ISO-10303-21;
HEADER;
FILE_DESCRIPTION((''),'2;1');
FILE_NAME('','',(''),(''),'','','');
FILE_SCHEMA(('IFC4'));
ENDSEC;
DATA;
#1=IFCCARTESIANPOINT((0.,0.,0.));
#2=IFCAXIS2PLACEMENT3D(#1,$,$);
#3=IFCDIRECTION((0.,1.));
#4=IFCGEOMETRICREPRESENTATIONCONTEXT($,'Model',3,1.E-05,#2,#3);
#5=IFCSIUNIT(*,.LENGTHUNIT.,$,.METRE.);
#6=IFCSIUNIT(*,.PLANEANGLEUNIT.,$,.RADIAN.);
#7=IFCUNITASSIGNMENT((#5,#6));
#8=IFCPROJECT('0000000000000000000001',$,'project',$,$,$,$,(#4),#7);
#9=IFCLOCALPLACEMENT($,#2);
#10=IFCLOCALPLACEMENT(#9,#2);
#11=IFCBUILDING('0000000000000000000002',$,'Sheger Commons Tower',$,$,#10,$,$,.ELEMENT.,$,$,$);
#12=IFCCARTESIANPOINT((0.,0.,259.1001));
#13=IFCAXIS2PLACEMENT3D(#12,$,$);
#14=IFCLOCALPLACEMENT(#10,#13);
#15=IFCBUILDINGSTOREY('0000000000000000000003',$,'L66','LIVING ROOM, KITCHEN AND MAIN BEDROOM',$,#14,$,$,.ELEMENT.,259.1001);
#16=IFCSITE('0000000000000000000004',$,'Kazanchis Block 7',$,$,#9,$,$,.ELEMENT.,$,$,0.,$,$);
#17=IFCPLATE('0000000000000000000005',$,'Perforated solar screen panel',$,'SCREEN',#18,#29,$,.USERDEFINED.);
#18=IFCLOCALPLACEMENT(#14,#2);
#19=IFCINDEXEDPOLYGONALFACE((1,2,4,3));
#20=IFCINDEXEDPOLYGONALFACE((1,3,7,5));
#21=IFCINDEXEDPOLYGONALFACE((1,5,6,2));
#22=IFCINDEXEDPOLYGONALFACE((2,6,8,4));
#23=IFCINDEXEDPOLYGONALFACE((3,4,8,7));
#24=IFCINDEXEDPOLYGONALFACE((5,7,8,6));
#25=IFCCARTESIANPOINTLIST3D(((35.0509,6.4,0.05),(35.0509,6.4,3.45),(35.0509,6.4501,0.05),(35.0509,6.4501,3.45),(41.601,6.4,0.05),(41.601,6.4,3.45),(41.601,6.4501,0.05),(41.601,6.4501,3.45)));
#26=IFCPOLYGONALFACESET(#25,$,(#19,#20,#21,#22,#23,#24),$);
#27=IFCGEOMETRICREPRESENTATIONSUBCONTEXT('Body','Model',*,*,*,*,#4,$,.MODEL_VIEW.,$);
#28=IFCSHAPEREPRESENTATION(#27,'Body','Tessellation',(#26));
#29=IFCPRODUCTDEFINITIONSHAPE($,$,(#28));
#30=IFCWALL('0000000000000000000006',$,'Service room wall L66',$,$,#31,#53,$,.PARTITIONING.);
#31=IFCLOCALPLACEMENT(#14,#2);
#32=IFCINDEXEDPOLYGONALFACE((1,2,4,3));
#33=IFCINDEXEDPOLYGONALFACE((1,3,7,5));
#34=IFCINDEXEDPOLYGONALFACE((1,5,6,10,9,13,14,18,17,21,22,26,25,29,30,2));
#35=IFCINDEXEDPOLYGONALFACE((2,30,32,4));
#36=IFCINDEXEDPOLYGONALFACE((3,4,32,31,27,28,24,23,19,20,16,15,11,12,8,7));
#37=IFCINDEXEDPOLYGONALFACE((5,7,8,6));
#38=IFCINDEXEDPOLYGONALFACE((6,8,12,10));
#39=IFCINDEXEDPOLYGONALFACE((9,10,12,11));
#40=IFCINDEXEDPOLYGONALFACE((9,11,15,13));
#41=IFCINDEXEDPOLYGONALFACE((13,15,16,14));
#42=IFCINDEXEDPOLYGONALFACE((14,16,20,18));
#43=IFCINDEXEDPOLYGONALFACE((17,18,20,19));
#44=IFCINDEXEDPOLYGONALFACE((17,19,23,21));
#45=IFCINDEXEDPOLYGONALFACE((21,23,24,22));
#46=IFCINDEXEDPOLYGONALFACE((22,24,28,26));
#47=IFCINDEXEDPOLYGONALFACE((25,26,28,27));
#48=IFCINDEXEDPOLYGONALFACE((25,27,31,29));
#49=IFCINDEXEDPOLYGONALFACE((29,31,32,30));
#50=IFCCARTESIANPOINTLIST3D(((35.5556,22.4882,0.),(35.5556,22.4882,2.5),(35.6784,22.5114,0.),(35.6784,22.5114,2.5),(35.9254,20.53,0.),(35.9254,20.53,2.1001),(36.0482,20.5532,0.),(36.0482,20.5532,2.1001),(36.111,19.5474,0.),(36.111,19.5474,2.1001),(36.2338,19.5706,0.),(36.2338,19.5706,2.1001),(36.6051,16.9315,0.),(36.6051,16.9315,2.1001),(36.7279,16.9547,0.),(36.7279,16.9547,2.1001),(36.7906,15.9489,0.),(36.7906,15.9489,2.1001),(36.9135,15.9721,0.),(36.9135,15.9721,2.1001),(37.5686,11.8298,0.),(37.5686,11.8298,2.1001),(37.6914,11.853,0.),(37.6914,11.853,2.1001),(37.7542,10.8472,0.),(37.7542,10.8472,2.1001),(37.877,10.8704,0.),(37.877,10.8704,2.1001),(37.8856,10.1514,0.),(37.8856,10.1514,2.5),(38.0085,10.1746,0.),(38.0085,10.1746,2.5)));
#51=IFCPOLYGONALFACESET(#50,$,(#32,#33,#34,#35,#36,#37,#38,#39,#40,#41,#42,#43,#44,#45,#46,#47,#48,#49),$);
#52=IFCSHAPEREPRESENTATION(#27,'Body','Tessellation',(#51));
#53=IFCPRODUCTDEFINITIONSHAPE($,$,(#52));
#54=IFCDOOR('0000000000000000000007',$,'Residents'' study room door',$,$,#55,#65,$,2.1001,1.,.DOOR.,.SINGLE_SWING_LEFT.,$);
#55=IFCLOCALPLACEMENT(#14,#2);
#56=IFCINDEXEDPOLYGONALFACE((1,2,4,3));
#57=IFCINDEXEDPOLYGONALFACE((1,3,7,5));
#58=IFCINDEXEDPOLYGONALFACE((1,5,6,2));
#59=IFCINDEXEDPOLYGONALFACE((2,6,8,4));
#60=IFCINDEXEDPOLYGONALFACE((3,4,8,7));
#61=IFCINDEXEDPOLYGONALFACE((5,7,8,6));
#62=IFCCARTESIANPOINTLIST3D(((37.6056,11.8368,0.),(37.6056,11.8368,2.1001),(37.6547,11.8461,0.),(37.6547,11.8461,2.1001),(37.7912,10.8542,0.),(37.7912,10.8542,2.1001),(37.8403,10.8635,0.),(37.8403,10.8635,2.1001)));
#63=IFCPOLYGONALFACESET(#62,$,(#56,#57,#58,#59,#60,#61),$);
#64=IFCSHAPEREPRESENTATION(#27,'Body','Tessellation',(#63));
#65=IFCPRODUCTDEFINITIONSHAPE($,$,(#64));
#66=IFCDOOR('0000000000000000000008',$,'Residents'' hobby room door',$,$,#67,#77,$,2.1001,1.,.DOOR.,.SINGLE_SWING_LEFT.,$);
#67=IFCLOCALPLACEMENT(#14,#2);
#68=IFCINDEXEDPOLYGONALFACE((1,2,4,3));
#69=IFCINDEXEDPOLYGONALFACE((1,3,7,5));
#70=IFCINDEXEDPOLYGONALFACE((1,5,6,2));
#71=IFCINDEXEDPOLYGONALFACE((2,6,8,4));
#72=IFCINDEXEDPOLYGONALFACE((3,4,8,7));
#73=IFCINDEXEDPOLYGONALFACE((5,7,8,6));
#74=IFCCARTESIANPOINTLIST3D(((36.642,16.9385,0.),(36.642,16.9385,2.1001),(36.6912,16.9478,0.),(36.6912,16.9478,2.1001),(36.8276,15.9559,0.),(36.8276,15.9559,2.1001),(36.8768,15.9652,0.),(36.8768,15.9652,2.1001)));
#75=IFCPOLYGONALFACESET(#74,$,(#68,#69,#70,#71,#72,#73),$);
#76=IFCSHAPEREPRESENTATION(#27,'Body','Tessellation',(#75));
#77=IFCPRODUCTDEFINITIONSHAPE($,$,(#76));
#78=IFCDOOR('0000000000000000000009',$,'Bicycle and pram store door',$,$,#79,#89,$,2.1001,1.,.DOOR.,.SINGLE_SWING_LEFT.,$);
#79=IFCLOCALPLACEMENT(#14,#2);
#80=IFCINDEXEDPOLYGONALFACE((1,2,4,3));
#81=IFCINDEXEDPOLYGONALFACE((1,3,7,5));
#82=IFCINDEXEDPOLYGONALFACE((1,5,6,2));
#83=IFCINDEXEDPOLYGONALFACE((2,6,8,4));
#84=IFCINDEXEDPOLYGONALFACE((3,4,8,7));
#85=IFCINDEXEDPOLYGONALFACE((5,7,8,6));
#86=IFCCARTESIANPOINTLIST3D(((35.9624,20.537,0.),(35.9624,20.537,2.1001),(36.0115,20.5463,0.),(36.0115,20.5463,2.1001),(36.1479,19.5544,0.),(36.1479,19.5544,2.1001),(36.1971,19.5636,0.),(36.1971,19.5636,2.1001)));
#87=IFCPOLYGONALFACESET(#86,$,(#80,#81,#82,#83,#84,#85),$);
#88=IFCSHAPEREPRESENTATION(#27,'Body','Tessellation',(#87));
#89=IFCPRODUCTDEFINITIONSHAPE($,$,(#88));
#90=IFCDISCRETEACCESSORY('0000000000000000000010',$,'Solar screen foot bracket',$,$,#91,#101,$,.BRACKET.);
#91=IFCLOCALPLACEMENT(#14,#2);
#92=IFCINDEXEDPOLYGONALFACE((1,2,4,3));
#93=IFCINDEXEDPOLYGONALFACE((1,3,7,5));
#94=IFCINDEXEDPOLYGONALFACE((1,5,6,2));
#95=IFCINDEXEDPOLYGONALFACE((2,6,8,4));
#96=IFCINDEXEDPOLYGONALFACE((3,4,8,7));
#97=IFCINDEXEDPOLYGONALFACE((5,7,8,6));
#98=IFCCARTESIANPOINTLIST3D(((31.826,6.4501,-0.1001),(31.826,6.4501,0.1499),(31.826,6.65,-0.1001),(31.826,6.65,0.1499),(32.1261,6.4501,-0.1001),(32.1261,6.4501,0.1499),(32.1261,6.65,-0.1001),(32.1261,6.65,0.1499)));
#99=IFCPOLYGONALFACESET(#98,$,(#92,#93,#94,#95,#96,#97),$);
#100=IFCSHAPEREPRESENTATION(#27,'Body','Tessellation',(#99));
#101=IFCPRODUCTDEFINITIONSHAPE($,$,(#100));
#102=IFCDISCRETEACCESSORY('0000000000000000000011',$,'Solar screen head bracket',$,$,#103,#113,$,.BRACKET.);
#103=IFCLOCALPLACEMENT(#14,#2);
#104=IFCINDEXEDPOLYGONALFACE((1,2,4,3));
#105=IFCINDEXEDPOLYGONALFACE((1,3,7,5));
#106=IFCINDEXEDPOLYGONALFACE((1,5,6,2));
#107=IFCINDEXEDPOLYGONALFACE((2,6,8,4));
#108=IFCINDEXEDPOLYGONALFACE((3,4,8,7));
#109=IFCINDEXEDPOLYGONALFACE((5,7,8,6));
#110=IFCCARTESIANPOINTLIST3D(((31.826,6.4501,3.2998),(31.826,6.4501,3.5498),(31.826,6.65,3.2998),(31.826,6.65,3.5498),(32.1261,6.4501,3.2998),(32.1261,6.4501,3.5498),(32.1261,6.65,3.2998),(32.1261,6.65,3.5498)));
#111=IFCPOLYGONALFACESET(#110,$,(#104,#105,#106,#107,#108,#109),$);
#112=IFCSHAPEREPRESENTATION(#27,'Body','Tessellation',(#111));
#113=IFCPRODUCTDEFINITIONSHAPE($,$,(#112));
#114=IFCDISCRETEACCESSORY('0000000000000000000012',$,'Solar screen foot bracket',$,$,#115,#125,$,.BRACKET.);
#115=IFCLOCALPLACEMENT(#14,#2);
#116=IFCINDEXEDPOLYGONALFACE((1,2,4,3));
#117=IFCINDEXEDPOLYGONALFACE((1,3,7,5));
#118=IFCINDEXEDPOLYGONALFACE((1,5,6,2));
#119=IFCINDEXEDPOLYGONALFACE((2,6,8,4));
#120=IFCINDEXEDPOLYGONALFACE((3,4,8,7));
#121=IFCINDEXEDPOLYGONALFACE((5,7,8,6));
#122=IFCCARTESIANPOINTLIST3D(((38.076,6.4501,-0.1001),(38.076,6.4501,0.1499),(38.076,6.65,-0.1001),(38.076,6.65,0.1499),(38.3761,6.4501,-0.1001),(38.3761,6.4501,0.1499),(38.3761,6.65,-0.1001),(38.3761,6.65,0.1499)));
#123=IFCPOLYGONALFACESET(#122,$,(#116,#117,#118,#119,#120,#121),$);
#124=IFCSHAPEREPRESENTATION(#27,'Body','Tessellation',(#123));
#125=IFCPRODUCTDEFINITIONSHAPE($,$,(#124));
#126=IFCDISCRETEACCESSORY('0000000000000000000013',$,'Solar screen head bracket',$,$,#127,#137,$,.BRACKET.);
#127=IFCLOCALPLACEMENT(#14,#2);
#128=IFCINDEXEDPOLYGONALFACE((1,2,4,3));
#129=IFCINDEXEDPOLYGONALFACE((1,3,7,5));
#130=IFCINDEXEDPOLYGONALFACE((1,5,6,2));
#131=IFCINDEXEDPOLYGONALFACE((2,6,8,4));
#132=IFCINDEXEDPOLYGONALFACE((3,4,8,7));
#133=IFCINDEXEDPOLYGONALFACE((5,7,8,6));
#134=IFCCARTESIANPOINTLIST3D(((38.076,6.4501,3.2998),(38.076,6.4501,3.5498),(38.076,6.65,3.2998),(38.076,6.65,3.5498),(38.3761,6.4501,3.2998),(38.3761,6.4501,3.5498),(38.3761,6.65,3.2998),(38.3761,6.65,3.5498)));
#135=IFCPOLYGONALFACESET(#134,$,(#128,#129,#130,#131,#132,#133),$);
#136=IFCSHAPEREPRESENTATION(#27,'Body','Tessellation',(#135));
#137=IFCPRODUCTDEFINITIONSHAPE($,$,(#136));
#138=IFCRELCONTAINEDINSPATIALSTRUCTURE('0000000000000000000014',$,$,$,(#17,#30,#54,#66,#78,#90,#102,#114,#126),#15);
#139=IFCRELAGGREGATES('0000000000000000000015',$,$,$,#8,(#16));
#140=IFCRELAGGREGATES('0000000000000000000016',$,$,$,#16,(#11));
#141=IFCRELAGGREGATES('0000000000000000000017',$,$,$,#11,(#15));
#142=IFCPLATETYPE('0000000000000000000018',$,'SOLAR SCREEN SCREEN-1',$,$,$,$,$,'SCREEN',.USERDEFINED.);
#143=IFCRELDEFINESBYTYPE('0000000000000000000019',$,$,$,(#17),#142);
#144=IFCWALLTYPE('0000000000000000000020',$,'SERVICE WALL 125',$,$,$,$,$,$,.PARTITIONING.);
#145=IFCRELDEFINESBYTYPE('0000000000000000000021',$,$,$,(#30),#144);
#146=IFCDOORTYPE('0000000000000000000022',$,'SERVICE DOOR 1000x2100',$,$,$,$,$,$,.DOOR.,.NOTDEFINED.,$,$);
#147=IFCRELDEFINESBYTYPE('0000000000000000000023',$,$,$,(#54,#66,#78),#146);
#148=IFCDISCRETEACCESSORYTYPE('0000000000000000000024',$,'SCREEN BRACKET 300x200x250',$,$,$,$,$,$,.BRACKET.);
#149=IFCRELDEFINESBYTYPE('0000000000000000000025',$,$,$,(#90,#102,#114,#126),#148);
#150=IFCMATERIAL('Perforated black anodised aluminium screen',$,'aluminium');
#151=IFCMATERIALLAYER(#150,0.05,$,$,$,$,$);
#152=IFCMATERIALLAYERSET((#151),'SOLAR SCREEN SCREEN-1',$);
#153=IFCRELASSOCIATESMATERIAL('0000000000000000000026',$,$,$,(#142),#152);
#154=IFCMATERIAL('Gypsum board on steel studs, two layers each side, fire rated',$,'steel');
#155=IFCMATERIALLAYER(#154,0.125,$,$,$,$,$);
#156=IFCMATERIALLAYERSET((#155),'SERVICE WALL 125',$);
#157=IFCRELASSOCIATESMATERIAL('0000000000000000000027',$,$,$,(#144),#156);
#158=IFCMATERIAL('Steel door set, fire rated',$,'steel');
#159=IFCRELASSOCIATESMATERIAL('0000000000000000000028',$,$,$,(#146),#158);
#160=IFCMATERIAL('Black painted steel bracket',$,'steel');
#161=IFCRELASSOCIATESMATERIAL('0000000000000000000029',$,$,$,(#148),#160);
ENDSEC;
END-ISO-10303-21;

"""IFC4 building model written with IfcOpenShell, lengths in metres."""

from ifc_helpers import new_model, si_unit, direction, frame, frame_2d, origin, origin_2d, place, context, subcontext, project, spatial, rectangle, extrude, material, layer, layer_set, type_object, element, fill, save


model = new_model("IFC4")

# Units and contexts
model_context = context("Model", 3, precision=1e-05, world=origin(), true_north=direction((0.0, 1.0)))
body_context = subcontext(model_context, "Body", "Model", "MODEL_VIEW")
ifc_project = project(units=[si_unit("LENGTHUNIT", "METRE"), si_unit("PLANEANGLEUNIT", "RADIAN")], contexts=[model_context])

# Site, building, storey
site_placement = place(None, origin())
site = spatial("IfcSite", under=ifc_project, at=site_placement, Name="Kazanchis Block 7", CompositionType="ELEMENT", RefElevation=0.0)
building_placement = place(site_placement, origin())
building = spatial("IfcBuilding", under=site, at=building_placement, Name="Sheger Commons Tower", CompositionType="ELEMENT")
storey_placement = place(building_placement, frame((0.0, 0.0, 259.1001)))
storey = spatial("IfcBuildingStorey", under=building, at=storey_placement, Name="L66", Description="LIVING ROOM, KITCHEN AND MAIN BEDROOM", CompositionType="ELEMENT", Elevation=259.1001)

# Plate
ifc_material_1 = material(Name="Perforated black anodised aluminium screen", Category="aluminium")
ifc_layer_1 = layer(ifc_material_1, 0.05)
ifc_layer_set_1 = layer_set([ifc_layer_1], Name="SOLAR SCREEN SCREEN-1")
plate_type_1 = type_object("IfcPlateType", Name="SOLAR SCREEN SCREEN-1", ElementType="SCREEN", PredefinedType="USERDEFINED", material=ifc_layer_set_1)
plate_1_placement = place(storey_placement, frame((38.3259, 6.425, 0.05), z_axis=(0.0, 0.0, 1.0), x_axis=(1.0, 0.0, 0.0)))
element("IfcPlate", 1, at=plate_1_placement, inside=storey, type_object=plate_type_1, Name="Perforated solar screen panel", ObjectType="SCREEN", PredefinedType="USERDEFINED", context=body_context, shape_type="SweptSolid", body=[
    extrude(rectangle(XDim=6.55, YDim=0.05, at=origin_2d()), origin(), (0.0, 0.0, 1.0), 3.3999),
])

# Wall, openings, doors
ifc_material_2 = material(Name="Gypsum board on steel studs, two layers each side, fire rated", Category="steel")
ifc_layer_2 = layer(ifc_material_2, 0.125)
ifc_layer_set_2 = layer_set([ifc_layer_2], Name="SERVICE WALL 125")
wall_type = type_object("IfcWallType", Name="SERVICE WALL 125", PredefinedType="PARTITIONING", material=ifc_layer_set_2)
wall_placement = place(storey_placement, frame((37.947, 10.1631, 0.0), z_axis=(0.0, 0.0, 1.0), x_axis=(-0.185589, 0.982627, 0.0)))
wall = element("IfcWall", 2, at=wall_placement, inside=storey, type_object=wall_type, Name="Service room wall L66", PredefinedType="PARTITIONING", context=body_context, shape_type="SweptSolid", body=[
    extrude(rectangle(XDim=12.5549, YDim=0.125, at=frame_2d((6.2773, 0.0))), origin(), (0.0, 0.0, 1.0), 2.5),
])
opening_1_placement = place(wall_placement, frame((0.708, 0.0, 0.0)))
opening_1 = element("IfcOpeningElement", 3, at=opening_1_placement, cuts=wall, PredefinedType="OPENING", context=body_context, shape_type="SweptSolid", body=[
    extrude(rectangle(XDim=1.0, YDim=2.1001, at=frame_2d((0.5, 1.05))), frame((0.0, 0.0725, 0.0), z_axis=(0.0, -1.0, 0.0), x_axis=(1.0, 0.0, 0.0)), (0.0, 0.0, 1.0), 0.145),
])
opening_2_placement = place(wall_placement, frame((5.8999, 0.0, 0.0)))
opening_2 = element("IfcOpeningElement", 4, at=opening_2_placement, cuts=wall, PredefinedType="OPENING", context=body_context, shape_type="SweptSolid", body=[
    extrude(rectangle(XDim=1.0, YDim=2.1001, at=frame_2d((0.5, 1.05))), frame((0.0, 0.0725, 0.0), z_axis=(0.0, -1.0, 0.0), x_axis=(1.0, 0.0, 0.0)), (0.0, 0.0, 1.0), 0.145),
])
opening_3_placement = place(wall_placement, frame((9.562, 0.0, 0.0)))
opening_3 = element("IfcOpeningElement", 5, at=opening_3_placement, cuts=wall, PredefinedType="OPENING", context=body_context, shape_type="SweptSolid", body=[
    extrude(rectangle(XDim=1.0, YDim=2.1001, at=frame_2d((0.5, 1.05))), frame((0.0, 0.0725, 0.0), z_axis=(0.0, -1.0, 0.0), x_axis=(1.0, 0.0, 0.0)), (0.0, 0.0, 1.0), 0.145),
])
ifc_material_3 = material(Name="Steel door set, fire rated", Category="steel")
door_type = type_object("IfcDoorType", Name="SERVICE DOOR 1000x2100", OperationType="NOTDEFINED", PredefinedType="DOOR", material=ifc_material_3)
door_1_placement = place(opening_1_placement, origin())
door_1 = element("IfcDoor", 6, at=door_1_placement, inside=storey, type_object=door_type, Name="Residents' study room door", OperationType="SINGLE_SWING_LEFT", OverallHeight=2.1001, OverallWidth=1.0, PredefinedType="DOOR", context=body_context, shape_type="SweptSolid", body=[
    extrude(rectangle(XDim=1.0, YDim=2.1001, at=frame_2d((0.5, 1.05))), frame((0.0, 0.0249, 0.0), z_axis=(0.0, -1.0, 0.0), x_axis=(1.0, 0.0, 0.0)), (0.0, 0.0, 1.0), 0.05),
])
fill(opening_1, door_1)
door_2_placement = place(opening_2_placement, origin())
door_2 = element("IfcDoor", 7, at=door_2_placement, inside=storey, type_object=door_type, Name="Residents' hobby room door", OperationType="SINGLE_SWING_LEFT", OverallHeight=2.1001, OverallWidth=1.0, PredefinedType="DOOR", context=body_context, shape_type="SweptSolid", body=[
    extrude(rectangle(XDim=1.0, YDim=2.1001, at=frame_2d((0.5, 1.05))), frame((0.0, 0.0249, 0.0), z_axis=(0.0, -1.0, 0.0), x_axis=(1.0, 0.0, 0.0)), (0.0, 0.0, 1.0), 0.05),
])
fill(opening_2, door_2)
door_3_placement = place(opening_3_placement, origin())
door_3 = element("IfcDoor", 8, at=door_3_placement, inside=storey, type_object=door_type, Name="Bicycle and pram store door", OperationType="SINGLE_SWING_LEFT", OverallHeight=2.1001, OverallWidth=1.0, PredefinedType="DOOR", context=body_context, shape_type="SweptSolid", body=[
    extrude(rectangle(XDim=1.0, YDim=2.1001, at=frame_2d((0.5, 1.05))), frame((0.0, 0.0249, 0.0), z_axis=(0.0, -1.0, 0.0), x_axis=(1.0, 0.0, 0.0)), (0.0, 0.0, 1.0), 0.05),
])
fill(opening_3, door_3)

# Discrete accessories
ifc_material_4 = material(Name="Black painted steel bracket", Category="steel")
discrete_accessory_type = type_object("IfcDiscreteAccessoryType", Name="SCREEN BRACKET 300x200x250", PredefinedType="BRACKET", material=ifc_material_4)
for number, where, z_axis, x_axis, name in (
    (9, (31.9761, 6.55, -0.1001), (0.0, 0.0, 1.0), (1.0, 0.0, 0.0), "Solar screen foot bracket"),
    (10, (31.9761, 6.55, 3.2998), (0.0, 0.0, 1.0), (1.0, 0.0, 0.0), "Solar screen head bracket"),
    (11, (38.2261, 6.55, -0.1001), (0.0, 0.0, 1.0), (1.0, 0.0, 0.0), "Solar screen foot bracket"),
    (12, (38.2261, 6.55, 3.2998), (0.0, 0.0, 1.0), (1.0, 0.0, 0.0), "Solar screen head bracket"),
):
    element("IfcDiscreteAccessory", number, at=place(storey_placement, frame(where, z_axis=z_axis, x_axis=x_axis)), inside=storey, type_object=discrete_accessory_type, Name=name, PredefinedType="BRACKET", context=body_context, shape_type="SweptSolid", body=[
        extrude(rectangle(XDim=0.3, YDim=0.2, at=origin_2d()), origin(), (0.0, 0.0, 1.0), 0.25),
    ])

save(model, "model.ifc")
